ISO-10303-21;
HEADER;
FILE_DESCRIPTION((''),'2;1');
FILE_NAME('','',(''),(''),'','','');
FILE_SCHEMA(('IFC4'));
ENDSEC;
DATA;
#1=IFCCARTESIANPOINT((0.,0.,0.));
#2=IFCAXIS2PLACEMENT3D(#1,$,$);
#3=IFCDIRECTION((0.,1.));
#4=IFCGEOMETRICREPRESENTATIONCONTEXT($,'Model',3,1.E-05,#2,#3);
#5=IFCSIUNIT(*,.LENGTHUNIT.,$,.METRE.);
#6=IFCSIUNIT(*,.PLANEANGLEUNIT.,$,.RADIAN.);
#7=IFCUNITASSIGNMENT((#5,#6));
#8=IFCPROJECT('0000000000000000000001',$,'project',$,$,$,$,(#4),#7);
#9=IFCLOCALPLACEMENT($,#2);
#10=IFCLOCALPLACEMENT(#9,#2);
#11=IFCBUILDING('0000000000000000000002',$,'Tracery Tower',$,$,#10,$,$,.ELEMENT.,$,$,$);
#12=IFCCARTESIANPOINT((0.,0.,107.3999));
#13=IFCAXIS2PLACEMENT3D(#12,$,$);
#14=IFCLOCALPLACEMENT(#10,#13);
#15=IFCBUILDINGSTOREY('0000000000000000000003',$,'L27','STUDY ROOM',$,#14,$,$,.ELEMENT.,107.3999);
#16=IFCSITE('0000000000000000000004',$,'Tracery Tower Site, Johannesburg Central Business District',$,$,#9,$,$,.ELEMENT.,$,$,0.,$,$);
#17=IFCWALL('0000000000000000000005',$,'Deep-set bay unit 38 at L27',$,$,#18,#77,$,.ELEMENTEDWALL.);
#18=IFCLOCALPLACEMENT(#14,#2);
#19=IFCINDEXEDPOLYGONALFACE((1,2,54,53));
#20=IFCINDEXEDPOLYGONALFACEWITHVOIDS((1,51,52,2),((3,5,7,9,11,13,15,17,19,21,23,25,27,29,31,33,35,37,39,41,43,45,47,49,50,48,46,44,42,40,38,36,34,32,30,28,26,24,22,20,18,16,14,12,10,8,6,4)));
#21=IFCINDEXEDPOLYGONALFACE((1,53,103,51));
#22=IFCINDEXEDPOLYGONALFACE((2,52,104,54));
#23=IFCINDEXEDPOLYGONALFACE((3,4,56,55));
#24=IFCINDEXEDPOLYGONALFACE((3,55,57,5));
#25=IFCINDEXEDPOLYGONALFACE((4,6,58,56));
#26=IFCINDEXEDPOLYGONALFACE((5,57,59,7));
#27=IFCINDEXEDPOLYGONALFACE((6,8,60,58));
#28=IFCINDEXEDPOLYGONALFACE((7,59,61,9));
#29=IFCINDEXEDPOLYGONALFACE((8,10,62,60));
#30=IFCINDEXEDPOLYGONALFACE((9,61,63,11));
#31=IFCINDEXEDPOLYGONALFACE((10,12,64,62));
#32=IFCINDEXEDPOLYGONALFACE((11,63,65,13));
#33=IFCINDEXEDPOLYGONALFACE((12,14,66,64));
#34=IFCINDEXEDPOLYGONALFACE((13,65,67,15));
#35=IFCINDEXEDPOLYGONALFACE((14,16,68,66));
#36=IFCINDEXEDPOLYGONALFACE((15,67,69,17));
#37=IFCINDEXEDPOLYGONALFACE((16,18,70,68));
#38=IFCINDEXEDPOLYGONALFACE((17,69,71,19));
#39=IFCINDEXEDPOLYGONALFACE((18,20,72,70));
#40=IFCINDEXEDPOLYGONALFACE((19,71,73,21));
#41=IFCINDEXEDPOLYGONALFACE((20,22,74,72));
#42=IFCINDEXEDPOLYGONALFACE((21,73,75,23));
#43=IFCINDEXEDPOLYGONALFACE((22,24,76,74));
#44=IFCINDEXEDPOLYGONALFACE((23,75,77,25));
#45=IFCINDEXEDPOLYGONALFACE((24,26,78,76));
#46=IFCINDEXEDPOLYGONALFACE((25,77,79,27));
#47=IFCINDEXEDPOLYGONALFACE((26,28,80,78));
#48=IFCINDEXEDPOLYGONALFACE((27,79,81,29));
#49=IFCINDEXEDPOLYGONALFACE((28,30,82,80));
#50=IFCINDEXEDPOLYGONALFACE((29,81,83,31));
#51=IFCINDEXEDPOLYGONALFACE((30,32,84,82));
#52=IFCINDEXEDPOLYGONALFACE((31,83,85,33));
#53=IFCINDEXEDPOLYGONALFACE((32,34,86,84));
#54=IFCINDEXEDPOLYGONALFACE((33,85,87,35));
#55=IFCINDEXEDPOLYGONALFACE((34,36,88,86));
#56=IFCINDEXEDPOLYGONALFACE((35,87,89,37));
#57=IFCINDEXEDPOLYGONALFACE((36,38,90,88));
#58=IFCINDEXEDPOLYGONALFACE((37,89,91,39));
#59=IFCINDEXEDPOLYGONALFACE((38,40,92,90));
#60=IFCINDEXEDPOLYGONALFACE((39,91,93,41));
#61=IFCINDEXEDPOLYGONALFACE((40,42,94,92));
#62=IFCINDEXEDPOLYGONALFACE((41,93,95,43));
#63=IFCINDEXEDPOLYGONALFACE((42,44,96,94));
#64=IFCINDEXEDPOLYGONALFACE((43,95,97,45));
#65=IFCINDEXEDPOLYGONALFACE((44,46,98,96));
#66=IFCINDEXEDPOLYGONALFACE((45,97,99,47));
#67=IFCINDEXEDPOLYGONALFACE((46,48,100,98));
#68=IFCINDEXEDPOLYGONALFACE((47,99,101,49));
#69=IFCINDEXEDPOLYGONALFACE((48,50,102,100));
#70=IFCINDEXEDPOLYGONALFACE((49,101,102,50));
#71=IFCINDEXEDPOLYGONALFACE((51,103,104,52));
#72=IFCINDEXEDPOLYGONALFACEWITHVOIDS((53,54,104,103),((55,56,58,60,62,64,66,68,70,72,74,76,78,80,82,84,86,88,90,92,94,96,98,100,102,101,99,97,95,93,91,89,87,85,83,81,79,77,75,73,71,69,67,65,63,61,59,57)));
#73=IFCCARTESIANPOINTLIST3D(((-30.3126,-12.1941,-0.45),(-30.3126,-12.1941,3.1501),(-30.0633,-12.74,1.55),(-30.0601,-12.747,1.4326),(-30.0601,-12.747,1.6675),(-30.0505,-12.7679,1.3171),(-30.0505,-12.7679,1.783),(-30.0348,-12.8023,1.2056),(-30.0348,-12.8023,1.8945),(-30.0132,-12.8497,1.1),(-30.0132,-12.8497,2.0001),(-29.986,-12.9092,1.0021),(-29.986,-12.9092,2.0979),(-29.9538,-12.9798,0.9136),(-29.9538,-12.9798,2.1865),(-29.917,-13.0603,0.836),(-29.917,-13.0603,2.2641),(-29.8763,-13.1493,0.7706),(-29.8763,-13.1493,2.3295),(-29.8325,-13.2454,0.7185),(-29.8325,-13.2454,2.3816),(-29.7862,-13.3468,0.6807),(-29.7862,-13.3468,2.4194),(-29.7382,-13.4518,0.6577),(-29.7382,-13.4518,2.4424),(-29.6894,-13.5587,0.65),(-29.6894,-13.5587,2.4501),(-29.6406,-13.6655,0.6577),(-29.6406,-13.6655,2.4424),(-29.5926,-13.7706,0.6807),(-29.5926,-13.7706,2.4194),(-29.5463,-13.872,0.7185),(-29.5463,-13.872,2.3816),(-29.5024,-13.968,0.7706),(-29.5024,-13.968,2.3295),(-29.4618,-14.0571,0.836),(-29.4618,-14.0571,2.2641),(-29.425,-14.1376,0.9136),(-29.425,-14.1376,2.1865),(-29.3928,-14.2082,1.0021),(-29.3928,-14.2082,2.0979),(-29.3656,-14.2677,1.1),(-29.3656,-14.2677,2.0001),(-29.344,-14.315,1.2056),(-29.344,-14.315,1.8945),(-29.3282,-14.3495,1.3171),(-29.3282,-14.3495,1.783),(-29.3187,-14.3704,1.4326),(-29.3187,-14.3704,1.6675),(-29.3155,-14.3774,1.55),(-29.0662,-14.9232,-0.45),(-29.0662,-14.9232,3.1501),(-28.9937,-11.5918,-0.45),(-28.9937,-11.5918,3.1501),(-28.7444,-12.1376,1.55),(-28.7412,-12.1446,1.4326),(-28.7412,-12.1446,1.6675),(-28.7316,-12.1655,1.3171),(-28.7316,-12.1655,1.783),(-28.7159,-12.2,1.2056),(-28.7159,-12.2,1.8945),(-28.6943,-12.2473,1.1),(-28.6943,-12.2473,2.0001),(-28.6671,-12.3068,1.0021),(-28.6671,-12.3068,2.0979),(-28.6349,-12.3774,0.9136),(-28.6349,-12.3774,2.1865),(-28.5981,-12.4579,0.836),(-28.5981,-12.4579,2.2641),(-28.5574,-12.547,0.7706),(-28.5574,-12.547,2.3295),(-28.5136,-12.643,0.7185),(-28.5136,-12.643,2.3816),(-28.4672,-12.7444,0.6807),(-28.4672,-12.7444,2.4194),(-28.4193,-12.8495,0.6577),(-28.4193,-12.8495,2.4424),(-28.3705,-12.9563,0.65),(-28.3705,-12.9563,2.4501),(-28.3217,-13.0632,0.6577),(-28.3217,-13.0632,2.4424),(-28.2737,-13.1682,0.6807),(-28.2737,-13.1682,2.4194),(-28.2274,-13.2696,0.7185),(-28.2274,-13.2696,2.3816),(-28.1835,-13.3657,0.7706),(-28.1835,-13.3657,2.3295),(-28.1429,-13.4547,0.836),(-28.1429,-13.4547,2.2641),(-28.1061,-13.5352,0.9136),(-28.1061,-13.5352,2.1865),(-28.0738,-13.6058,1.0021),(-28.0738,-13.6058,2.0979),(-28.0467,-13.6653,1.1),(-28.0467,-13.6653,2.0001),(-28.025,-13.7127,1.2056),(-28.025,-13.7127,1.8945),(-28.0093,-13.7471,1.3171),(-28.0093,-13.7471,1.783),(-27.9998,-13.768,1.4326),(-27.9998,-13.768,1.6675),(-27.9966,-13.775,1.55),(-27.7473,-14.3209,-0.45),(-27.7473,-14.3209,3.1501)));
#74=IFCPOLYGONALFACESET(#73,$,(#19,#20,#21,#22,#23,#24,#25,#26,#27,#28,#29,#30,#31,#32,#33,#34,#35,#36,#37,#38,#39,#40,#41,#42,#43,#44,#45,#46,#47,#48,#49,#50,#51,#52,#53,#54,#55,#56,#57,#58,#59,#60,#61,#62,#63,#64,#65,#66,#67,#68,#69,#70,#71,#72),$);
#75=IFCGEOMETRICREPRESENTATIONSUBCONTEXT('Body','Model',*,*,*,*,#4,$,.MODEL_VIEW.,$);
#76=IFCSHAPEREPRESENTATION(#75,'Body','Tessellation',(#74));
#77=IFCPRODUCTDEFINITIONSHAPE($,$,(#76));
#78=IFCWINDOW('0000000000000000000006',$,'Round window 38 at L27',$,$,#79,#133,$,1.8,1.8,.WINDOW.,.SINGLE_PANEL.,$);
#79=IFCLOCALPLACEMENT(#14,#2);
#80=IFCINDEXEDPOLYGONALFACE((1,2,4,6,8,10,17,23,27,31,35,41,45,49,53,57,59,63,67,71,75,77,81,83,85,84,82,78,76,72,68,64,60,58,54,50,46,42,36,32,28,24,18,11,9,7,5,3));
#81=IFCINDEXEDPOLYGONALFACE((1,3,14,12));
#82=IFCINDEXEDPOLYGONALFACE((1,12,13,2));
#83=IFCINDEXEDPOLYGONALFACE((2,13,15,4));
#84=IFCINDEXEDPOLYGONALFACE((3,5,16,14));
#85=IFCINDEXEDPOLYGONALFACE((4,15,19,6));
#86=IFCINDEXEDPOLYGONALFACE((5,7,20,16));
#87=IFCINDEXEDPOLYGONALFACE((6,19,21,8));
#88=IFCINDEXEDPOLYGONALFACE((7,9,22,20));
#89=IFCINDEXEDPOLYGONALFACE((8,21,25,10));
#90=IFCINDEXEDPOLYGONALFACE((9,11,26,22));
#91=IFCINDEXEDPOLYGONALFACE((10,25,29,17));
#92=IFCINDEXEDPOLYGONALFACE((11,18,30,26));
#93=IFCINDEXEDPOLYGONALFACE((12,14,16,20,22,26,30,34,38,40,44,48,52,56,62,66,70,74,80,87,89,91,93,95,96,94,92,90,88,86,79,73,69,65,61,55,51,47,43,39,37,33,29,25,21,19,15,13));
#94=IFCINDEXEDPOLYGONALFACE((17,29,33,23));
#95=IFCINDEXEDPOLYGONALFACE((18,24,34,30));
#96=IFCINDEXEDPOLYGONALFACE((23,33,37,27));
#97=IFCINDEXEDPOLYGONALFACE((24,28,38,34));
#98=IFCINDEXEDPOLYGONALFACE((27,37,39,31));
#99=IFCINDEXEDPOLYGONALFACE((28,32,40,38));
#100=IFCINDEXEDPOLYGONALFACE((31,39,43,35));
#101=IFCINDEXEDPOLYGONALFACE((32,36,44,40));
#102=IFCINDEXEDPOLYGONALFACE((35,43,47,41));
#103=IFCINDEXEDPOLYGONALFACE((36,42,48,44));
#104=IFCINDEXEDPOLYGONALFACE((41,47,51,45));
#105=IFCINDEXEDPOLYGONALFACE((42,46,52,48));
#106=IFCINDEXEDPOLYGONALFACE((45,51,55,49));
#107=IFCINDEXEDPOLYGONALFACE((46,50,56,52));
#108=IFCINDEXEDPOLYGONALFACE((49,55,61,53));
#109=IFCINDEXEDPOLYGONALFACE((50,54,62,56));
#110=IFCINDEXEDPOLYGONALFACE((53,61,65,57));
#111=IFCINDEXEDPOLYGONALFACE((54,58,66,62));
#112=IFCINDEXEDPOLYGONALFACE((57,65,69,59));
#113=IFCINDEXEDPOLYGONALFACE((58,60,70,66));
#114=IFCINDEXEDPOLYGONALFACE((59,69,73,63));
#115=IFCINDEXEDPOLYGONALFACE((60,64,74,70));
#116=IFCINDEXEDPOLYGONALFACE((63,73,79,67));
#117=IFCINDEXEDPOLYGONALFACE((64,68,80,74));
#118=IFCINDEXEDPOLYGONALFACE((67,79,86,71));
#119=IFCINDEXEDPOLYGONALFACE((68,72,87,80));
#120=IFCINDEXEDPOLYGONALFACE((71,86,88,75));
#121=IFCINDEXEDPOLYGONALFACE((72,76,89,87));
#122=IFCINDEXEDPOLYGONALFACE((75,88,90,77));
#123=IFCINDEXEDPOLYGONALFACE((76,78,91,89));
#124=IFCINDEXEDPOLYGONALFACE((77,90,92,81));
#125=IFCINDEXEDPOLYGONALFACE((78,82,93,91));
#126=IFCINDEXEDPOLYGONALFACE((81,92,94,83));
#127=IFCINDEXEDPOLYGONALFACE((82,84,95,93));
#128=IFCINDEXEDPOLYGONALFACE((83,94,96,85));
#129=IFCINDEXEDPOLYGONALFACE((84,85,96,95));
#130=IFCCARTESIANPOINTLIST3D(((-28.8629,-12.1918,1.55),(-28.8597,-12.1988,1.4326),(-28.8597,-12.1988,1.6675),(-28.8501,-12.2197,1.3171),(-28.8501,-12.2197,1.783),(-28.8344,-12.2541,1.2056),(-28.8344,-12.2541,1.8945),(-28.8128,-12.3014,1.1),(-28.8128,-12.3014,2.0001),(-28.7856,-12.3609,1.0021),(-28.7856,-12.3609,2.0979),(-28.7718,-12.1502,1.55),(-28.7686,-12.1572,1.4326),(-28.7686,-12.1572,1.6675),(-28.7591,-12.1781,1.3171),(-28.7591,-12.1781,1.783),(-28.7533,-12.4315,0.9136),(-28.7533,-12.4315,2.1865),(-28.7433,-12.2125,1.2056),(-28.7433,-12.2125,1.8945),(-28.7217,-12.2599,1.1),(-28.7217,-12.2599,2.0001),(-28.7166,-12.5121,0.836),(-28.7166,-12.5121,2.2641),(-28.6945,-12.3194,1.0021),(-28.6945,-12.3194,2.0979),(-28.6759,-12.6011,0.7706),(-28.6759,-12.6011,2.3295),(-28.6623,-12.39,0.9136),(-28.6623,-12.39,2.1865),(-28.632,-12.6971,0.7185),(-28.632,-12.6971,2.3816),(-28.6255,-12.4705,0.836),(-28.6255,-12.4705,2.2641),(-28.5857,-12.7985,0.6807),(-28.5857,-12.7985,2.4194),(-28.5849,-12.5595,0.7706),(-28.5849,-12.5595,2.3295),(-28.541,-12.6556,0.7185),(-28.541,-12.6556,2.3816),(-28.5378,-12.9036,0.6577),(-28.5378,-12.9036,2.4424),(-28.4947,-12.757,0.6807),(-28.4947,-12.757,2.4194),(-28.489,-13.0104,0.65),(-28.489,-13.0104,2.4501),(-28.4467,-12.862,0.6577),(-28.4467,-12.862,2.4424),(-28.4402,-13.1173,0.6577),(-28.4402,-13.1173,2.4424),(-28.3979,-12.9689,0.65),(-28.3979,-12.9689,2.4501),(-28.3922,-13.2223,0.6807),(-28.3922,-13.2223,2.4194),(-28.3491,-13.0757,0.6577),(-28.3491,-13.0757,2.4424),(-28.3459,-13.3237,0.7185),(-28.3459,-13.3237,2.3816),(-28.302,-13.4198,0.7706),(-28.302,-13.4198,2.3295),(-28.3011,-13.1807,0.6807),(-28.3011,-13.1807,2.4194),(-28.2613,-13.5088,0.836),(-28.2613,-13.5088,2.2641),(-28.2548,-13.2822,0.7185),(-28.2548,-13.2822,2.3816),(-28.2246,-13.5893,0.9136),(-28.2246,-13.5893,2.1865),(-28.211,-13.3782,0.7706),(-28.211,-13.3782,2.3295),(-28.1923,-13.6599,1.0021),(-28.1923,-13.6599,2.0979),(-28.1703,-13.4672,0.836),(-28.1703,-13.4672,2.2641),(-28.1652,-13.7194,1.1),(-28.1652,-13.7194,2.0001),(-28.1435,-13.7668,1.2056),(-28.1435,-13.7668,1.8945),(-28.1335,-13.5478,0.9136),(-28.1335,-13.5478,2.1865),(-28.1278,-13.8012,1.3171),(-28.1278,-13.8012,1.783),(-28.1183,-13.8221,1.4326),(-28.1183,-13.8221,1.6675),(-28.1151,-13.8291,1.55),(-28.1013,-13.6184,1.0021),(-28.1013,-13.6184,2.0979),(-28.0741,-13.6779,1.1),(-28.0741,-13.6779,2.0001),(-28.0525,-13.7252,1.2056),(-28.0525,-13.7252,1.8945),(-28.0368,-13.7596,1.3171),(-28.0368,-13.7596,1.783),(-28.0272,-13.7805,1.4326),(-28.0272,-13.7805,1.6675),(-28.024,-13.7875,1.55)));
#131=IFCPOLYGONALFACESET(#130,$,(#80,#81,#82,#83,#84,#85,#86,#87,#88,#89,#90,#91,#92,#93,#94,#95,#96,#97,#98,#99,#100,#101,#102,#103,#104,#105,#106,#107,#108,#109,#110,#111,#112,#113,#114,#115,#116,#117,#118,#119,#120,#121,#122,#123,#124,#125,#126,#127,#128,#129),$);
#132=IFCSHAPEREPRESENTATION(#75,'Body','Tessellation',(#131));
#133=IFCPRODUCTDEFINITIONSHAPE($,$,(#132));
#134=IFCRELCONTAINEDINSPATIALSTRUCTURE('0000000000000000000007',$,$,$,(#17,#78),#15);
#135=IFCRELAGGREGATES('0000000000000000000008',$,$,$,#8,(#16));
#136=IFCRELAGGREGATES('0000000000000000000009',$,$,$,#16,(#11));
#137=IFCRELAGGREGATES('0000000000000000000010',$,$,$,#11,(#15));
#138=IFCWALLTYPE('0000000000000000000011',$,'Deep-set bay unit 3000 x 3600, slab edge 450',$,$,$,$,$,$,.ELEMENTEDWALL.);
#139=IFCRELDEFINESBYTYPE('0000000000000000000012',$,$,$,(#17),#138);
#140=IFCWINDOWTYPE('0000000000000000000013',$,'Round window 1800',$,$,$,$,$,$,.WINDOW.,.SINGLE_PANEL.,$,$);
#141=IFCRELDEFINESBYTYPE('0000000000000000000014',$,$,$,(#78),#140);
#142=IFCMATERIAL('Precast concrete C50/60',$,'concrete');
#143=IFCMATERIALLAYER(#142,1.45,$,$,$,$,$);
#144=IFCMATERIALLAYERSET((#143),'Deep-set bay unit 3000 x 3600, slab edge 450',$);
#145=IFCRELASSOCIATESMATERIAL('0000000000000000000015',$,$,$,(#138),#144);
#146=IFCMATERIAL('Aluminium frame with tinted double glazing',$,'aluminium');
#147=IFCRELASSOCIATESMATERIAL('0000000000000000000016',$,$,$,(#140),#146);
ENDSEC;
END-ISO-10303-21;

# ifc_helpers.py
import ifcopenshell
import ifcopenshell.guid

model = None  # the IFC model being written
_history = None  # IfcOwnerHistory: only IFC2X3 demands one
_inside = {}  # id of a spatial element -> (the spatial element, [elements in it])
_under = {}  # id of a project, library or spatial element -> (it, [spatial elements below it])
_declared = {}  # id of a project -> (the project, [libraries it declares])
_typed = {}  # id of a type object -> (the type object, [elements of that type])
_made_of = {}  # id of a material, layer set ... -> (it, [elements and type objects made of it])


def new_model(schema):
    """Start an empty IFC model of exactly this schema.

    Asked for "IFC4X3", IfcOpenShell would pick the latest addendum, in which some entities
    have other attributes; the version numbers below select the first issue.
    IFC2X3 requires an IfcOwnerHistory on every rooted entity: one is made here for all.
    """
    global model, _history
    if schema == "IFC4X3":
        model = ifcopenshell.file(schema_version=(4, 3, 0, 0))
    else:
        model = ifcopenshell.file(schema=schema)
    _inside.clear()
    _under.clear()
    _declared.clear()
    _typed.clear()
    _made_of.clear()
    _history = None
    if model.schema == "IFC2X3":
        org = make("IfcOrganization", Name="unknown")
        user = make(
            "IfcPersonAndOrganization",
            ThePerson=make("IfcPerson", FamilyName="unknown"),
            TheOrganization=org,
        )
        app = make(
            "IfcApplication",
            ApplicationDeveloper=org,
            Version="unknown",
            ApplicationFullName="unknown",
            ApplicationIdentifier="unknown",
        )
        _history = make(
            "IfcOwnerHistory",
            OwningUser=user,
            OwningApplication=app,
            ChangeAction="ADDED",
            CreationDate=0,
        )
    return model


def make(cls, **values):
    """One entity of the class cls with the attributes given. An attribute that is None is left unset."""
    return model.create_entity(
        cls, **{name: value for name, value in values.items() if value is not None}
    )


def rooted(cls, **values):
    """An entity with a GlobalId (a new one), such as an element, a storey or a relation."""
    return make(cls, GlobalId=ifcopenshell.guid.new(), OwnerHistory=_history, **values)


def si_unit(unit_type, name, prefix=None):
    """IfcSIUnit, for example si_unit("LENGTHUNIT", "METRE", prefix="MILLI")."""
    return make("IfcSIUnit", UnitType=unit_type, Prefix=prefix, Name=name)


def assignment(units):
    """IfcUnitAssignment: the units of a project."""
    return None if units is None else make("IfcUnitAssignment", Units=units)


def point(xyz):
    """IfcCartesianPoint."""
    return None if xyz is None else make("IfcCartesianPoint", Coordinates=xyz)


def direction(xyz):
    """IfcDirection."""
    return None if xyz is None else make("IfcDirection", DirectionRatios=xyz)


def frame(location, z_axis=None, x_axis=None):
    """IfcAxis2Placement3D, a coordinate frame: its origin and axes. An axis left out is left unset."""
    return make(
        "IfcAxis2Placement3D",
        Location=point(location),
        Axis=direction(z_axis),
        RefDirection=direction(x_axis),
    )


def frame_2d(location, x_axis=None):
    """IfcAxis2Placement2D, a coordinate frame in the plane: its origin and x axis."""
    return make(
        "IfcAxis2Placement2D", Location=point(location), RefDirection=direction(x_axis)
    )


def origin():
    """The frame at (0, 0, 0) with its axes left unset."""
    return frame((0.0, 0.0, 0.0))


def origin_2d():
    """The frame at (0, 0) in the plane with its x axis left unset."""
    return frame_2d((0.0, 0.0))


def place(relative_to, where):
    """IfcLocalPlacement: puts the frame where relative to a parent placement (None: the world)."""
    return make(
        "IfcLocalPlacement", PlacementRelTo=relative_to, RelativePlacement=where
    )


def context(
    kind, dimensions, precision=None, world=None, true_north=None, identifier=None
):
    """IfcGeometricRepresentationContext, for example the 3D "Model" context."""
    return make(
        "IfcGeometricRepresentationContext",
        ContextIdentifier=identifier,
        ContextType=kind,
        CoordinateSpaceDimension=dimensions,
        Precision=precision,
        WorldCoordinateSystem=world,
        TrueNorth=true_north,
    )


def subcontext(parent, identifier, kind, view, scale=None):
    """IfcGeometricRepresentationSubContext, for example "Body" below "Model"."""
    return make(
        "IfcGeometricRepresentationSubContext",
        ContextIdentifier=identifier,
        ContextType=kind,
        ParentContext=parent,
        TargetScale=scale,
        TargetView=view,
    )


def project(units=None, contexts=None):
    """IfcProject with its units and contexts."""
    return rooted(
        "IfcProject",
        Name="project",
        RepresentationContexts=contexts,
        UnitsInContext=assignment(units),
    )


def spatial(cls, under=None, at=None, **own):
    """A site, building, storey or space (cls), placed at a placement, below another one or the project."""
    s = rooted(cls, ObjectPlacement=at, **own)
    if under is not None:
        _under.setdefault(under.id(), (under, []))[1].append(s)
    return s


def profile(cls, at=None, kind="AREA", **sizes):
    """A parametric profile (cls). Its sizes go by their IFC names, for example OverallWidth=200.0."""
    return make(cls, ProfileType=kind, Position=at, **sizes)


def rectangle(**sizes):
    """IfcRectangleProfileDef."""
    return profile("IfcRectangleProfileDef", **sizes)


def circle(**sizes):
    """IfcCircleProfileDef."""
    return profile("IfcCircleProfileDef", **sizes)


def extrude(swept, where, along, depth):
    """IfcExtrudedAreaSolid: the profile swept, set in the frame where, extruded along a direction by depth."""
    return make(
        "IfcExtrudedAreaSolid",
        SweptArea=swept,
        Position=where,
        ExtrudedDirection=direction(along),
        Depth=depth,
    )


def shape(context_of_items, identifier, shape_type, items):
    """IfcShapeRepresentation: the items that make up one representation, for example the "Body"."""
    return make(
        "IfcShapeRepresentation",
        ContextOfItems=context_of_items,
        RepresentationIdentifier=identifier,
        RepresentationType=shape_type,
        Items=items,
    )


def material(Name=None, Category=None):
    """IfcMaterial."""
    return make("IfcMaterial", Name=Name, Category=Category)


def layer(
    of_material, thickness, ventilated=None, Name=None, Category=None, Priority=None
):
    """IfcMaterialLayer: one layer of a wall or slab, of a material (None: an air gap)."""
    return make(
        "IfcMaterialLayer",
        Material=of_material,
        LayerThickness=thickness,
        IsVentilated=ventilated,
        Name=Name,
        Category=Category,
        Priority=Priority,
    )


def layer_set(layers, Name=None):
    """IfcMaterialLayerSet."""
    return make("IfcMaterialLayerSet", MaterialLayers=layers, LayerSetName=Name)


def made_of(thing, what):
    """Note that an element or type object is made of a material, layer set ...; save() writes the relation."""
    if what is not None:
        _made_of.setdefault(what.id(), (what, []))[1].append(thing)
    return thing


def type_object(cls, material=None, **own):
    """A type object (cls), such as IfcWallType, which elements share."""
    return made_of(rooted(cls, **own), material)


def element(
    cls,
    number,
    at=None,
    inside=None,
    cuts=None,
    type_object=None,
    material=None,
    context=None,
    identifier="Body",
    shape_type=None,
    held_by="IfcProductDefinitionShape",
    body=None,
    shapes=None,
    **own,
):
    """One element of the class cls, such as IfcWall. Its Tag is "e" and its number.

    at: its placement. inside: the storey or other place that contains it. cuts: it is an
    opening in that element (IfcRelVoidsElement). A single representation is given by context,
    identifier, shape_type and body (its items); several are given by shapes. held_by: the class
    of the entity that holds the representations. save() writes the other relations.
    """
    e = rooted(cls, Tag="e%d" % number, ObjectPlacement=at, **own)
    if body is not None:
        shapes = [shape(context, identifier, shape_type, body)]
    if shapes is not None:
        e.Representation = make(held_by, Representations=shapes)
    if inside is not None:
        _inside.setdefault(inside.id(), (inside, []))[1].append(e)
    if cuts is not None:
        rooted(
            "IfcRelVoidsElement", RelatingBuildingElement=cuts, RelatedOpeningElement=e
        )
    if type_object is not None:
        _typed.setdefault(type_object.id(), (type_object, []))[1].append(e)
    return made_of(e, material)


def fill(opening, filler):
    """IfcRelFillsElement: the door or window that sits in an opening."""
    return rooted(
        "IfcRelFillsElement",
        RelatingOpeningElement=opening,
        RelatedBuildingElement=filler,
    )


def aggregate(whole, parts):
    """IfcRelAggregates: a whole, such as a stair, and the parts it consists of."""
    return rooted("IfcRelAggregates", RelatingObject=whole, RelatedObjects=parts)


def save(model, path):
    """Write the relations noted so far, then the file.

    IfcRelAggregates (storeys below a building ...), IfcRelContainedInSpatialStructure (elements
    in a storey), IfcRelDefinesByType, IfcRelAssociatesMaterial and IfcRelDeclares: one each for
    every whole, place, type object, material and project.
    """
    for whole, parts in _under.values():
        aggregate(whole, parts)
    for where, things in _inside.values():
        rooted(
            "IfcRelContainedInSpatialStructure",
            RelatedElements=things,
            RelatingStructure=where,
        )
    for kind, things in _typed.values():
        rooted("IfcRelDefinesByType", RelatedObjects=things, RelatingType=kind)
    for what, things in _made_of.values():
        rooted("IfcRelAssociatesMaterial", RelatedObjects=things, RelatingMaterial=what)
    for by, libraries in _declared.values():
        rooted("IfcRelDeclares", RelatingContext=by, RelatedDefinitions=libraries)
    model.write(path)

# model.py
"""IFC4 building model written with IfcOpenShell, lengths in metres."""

from ifc_helpers import new_model, si_unit, direction, frame, frame_2d, origin, origin_2d, place, context, subcontext, project, spatial, rectangle, circle, extrude, material, layer, layer_set, type_object, element, fill, save


model = new_model("IFC4")

# Units and contexts
model_context = context("Model", 3, precision=1e-05, world=origin(), true_north=direction((0.0, 1.0)))
body_context = subcontext(model_context, "Body", "Model", "MODEL_VIEW")
ifc_project = project(units=[si_unit("LENGTHUNIT", "METRE"), si_unit("PLANEANGLEUNIT", "RADIAN")], contexts=[model_context])

# Site, building, storey
site_placement = place(None, origin())
site = spatial("IfcSite", under=ifc_project, at=site_placement, Name="Tracery Tower Site, Johannesburg Central Business District", CompositionType="ELEMENT", RefElevation=0.0)
building_placement = place(site_placement, origin())
building = spatial("IfcBuilding", under=site, at=building_placement, Name="Tracery Tower", CompositionType="ELEMENT")
storey_placement = place(building_placement, frame((0.0, 0.0, 107.3999)))
storey = spatial("IfcBuildingStorey", under=building, at=storey_placement, Name="L27", Description="STUDY ROOM", CompositionType="ELEMENT", Elevation=107.3999)

# Wall, opening, window
ifc_material_1 = material(Name="Precast concrete C50/60", Category="concrete")
ifc_layer_1 = layer(ifc_material_1, 1.45)
ifc_layer_set_1 = layer_set([ifc_layer_1], Name="Deep-set bay unit 3000 x 3600, slab edge 450")
wall_type_1 = type_object("IfcWallType", Name="Deep-set bay unit 3000 x 3600, slab edge 450", PredefinedType="ELEMENTEDWALL", material=ifc_layer_set_1)
wall_1_placement = place(storey_placement, frame((-29.6531, -11.8931, -0.45), z_axis=(0.0, 0.0, 1.0), x_axis=(0.415427, -0.909627, 0.0)))
wall_1 = element("IfcWall", 1, at=wall_1_placement, inside=storey, type_object=wall_type_1, Name="Deep-set bay unit 38 at L27", PredefinedType="ELEMENTEDWALL", context=body_context, shape_type="SweptSolid", body=[
    extrude(rectangle(XDim=3.0002, YDim=1.45, at=frame_2d((1.5, 0.0))), origin(), (0.0, 0.0, 1.0), 3.6001),
])
opening_1_placement = place(wall_1_placement, frame((1.5, 0.0, 2.0)))
opening_1 = element("IfcOpeningElement", 2, at=opening_1_placement, cuts=wall_1, PredefinedType="OPENING", context=body_context, shape_type="SweptSolid", body=[
    extrude(circle(Radius=0.9, at=origin_2d()), frame((0.0, 0.7349, 0.0), z_axis=(0.0, -1.0, 0.0), x_axis=(1.0, 0.0, 0.0)), (0.0, 0.0, 1.0), 1.47),
])
ifc_material_2 = material(Name="Aluminium frame with tinted double glazing", Category="aluminium")
window_type = type_object("IfcWindowType", Name="Round window 1800", PartitioningType="SINGLE_PANEL", PredefinedType="WINDOW", material=ifc_material_2)
window_1_placement = place(opening_1_placement, origin())
window_1 = element("IfcWindow", 3, at=window_1_placement, inside=storey, type_object=window_type, Name="Round window 38 at L27", OverallHeight=1.8, OverallWidth=1.8, PartitioningType="SINGLE_PANEL", PredefinedType="WINDOW", context=body_context, shape_type="SweptSolid", body=[
    extrude(circle(Radius=0.9, at=origin_2d()), frame((0.0, 0.6948, 0.0), z_axis=(0.0, -1.0, 0.0), x_axis=(1.0, 0.0, 0.0)), (0.0, 0.0, 1.0), 0.1001),
])
fill(opening_1, window_1)

save(model, "model.ifc")
